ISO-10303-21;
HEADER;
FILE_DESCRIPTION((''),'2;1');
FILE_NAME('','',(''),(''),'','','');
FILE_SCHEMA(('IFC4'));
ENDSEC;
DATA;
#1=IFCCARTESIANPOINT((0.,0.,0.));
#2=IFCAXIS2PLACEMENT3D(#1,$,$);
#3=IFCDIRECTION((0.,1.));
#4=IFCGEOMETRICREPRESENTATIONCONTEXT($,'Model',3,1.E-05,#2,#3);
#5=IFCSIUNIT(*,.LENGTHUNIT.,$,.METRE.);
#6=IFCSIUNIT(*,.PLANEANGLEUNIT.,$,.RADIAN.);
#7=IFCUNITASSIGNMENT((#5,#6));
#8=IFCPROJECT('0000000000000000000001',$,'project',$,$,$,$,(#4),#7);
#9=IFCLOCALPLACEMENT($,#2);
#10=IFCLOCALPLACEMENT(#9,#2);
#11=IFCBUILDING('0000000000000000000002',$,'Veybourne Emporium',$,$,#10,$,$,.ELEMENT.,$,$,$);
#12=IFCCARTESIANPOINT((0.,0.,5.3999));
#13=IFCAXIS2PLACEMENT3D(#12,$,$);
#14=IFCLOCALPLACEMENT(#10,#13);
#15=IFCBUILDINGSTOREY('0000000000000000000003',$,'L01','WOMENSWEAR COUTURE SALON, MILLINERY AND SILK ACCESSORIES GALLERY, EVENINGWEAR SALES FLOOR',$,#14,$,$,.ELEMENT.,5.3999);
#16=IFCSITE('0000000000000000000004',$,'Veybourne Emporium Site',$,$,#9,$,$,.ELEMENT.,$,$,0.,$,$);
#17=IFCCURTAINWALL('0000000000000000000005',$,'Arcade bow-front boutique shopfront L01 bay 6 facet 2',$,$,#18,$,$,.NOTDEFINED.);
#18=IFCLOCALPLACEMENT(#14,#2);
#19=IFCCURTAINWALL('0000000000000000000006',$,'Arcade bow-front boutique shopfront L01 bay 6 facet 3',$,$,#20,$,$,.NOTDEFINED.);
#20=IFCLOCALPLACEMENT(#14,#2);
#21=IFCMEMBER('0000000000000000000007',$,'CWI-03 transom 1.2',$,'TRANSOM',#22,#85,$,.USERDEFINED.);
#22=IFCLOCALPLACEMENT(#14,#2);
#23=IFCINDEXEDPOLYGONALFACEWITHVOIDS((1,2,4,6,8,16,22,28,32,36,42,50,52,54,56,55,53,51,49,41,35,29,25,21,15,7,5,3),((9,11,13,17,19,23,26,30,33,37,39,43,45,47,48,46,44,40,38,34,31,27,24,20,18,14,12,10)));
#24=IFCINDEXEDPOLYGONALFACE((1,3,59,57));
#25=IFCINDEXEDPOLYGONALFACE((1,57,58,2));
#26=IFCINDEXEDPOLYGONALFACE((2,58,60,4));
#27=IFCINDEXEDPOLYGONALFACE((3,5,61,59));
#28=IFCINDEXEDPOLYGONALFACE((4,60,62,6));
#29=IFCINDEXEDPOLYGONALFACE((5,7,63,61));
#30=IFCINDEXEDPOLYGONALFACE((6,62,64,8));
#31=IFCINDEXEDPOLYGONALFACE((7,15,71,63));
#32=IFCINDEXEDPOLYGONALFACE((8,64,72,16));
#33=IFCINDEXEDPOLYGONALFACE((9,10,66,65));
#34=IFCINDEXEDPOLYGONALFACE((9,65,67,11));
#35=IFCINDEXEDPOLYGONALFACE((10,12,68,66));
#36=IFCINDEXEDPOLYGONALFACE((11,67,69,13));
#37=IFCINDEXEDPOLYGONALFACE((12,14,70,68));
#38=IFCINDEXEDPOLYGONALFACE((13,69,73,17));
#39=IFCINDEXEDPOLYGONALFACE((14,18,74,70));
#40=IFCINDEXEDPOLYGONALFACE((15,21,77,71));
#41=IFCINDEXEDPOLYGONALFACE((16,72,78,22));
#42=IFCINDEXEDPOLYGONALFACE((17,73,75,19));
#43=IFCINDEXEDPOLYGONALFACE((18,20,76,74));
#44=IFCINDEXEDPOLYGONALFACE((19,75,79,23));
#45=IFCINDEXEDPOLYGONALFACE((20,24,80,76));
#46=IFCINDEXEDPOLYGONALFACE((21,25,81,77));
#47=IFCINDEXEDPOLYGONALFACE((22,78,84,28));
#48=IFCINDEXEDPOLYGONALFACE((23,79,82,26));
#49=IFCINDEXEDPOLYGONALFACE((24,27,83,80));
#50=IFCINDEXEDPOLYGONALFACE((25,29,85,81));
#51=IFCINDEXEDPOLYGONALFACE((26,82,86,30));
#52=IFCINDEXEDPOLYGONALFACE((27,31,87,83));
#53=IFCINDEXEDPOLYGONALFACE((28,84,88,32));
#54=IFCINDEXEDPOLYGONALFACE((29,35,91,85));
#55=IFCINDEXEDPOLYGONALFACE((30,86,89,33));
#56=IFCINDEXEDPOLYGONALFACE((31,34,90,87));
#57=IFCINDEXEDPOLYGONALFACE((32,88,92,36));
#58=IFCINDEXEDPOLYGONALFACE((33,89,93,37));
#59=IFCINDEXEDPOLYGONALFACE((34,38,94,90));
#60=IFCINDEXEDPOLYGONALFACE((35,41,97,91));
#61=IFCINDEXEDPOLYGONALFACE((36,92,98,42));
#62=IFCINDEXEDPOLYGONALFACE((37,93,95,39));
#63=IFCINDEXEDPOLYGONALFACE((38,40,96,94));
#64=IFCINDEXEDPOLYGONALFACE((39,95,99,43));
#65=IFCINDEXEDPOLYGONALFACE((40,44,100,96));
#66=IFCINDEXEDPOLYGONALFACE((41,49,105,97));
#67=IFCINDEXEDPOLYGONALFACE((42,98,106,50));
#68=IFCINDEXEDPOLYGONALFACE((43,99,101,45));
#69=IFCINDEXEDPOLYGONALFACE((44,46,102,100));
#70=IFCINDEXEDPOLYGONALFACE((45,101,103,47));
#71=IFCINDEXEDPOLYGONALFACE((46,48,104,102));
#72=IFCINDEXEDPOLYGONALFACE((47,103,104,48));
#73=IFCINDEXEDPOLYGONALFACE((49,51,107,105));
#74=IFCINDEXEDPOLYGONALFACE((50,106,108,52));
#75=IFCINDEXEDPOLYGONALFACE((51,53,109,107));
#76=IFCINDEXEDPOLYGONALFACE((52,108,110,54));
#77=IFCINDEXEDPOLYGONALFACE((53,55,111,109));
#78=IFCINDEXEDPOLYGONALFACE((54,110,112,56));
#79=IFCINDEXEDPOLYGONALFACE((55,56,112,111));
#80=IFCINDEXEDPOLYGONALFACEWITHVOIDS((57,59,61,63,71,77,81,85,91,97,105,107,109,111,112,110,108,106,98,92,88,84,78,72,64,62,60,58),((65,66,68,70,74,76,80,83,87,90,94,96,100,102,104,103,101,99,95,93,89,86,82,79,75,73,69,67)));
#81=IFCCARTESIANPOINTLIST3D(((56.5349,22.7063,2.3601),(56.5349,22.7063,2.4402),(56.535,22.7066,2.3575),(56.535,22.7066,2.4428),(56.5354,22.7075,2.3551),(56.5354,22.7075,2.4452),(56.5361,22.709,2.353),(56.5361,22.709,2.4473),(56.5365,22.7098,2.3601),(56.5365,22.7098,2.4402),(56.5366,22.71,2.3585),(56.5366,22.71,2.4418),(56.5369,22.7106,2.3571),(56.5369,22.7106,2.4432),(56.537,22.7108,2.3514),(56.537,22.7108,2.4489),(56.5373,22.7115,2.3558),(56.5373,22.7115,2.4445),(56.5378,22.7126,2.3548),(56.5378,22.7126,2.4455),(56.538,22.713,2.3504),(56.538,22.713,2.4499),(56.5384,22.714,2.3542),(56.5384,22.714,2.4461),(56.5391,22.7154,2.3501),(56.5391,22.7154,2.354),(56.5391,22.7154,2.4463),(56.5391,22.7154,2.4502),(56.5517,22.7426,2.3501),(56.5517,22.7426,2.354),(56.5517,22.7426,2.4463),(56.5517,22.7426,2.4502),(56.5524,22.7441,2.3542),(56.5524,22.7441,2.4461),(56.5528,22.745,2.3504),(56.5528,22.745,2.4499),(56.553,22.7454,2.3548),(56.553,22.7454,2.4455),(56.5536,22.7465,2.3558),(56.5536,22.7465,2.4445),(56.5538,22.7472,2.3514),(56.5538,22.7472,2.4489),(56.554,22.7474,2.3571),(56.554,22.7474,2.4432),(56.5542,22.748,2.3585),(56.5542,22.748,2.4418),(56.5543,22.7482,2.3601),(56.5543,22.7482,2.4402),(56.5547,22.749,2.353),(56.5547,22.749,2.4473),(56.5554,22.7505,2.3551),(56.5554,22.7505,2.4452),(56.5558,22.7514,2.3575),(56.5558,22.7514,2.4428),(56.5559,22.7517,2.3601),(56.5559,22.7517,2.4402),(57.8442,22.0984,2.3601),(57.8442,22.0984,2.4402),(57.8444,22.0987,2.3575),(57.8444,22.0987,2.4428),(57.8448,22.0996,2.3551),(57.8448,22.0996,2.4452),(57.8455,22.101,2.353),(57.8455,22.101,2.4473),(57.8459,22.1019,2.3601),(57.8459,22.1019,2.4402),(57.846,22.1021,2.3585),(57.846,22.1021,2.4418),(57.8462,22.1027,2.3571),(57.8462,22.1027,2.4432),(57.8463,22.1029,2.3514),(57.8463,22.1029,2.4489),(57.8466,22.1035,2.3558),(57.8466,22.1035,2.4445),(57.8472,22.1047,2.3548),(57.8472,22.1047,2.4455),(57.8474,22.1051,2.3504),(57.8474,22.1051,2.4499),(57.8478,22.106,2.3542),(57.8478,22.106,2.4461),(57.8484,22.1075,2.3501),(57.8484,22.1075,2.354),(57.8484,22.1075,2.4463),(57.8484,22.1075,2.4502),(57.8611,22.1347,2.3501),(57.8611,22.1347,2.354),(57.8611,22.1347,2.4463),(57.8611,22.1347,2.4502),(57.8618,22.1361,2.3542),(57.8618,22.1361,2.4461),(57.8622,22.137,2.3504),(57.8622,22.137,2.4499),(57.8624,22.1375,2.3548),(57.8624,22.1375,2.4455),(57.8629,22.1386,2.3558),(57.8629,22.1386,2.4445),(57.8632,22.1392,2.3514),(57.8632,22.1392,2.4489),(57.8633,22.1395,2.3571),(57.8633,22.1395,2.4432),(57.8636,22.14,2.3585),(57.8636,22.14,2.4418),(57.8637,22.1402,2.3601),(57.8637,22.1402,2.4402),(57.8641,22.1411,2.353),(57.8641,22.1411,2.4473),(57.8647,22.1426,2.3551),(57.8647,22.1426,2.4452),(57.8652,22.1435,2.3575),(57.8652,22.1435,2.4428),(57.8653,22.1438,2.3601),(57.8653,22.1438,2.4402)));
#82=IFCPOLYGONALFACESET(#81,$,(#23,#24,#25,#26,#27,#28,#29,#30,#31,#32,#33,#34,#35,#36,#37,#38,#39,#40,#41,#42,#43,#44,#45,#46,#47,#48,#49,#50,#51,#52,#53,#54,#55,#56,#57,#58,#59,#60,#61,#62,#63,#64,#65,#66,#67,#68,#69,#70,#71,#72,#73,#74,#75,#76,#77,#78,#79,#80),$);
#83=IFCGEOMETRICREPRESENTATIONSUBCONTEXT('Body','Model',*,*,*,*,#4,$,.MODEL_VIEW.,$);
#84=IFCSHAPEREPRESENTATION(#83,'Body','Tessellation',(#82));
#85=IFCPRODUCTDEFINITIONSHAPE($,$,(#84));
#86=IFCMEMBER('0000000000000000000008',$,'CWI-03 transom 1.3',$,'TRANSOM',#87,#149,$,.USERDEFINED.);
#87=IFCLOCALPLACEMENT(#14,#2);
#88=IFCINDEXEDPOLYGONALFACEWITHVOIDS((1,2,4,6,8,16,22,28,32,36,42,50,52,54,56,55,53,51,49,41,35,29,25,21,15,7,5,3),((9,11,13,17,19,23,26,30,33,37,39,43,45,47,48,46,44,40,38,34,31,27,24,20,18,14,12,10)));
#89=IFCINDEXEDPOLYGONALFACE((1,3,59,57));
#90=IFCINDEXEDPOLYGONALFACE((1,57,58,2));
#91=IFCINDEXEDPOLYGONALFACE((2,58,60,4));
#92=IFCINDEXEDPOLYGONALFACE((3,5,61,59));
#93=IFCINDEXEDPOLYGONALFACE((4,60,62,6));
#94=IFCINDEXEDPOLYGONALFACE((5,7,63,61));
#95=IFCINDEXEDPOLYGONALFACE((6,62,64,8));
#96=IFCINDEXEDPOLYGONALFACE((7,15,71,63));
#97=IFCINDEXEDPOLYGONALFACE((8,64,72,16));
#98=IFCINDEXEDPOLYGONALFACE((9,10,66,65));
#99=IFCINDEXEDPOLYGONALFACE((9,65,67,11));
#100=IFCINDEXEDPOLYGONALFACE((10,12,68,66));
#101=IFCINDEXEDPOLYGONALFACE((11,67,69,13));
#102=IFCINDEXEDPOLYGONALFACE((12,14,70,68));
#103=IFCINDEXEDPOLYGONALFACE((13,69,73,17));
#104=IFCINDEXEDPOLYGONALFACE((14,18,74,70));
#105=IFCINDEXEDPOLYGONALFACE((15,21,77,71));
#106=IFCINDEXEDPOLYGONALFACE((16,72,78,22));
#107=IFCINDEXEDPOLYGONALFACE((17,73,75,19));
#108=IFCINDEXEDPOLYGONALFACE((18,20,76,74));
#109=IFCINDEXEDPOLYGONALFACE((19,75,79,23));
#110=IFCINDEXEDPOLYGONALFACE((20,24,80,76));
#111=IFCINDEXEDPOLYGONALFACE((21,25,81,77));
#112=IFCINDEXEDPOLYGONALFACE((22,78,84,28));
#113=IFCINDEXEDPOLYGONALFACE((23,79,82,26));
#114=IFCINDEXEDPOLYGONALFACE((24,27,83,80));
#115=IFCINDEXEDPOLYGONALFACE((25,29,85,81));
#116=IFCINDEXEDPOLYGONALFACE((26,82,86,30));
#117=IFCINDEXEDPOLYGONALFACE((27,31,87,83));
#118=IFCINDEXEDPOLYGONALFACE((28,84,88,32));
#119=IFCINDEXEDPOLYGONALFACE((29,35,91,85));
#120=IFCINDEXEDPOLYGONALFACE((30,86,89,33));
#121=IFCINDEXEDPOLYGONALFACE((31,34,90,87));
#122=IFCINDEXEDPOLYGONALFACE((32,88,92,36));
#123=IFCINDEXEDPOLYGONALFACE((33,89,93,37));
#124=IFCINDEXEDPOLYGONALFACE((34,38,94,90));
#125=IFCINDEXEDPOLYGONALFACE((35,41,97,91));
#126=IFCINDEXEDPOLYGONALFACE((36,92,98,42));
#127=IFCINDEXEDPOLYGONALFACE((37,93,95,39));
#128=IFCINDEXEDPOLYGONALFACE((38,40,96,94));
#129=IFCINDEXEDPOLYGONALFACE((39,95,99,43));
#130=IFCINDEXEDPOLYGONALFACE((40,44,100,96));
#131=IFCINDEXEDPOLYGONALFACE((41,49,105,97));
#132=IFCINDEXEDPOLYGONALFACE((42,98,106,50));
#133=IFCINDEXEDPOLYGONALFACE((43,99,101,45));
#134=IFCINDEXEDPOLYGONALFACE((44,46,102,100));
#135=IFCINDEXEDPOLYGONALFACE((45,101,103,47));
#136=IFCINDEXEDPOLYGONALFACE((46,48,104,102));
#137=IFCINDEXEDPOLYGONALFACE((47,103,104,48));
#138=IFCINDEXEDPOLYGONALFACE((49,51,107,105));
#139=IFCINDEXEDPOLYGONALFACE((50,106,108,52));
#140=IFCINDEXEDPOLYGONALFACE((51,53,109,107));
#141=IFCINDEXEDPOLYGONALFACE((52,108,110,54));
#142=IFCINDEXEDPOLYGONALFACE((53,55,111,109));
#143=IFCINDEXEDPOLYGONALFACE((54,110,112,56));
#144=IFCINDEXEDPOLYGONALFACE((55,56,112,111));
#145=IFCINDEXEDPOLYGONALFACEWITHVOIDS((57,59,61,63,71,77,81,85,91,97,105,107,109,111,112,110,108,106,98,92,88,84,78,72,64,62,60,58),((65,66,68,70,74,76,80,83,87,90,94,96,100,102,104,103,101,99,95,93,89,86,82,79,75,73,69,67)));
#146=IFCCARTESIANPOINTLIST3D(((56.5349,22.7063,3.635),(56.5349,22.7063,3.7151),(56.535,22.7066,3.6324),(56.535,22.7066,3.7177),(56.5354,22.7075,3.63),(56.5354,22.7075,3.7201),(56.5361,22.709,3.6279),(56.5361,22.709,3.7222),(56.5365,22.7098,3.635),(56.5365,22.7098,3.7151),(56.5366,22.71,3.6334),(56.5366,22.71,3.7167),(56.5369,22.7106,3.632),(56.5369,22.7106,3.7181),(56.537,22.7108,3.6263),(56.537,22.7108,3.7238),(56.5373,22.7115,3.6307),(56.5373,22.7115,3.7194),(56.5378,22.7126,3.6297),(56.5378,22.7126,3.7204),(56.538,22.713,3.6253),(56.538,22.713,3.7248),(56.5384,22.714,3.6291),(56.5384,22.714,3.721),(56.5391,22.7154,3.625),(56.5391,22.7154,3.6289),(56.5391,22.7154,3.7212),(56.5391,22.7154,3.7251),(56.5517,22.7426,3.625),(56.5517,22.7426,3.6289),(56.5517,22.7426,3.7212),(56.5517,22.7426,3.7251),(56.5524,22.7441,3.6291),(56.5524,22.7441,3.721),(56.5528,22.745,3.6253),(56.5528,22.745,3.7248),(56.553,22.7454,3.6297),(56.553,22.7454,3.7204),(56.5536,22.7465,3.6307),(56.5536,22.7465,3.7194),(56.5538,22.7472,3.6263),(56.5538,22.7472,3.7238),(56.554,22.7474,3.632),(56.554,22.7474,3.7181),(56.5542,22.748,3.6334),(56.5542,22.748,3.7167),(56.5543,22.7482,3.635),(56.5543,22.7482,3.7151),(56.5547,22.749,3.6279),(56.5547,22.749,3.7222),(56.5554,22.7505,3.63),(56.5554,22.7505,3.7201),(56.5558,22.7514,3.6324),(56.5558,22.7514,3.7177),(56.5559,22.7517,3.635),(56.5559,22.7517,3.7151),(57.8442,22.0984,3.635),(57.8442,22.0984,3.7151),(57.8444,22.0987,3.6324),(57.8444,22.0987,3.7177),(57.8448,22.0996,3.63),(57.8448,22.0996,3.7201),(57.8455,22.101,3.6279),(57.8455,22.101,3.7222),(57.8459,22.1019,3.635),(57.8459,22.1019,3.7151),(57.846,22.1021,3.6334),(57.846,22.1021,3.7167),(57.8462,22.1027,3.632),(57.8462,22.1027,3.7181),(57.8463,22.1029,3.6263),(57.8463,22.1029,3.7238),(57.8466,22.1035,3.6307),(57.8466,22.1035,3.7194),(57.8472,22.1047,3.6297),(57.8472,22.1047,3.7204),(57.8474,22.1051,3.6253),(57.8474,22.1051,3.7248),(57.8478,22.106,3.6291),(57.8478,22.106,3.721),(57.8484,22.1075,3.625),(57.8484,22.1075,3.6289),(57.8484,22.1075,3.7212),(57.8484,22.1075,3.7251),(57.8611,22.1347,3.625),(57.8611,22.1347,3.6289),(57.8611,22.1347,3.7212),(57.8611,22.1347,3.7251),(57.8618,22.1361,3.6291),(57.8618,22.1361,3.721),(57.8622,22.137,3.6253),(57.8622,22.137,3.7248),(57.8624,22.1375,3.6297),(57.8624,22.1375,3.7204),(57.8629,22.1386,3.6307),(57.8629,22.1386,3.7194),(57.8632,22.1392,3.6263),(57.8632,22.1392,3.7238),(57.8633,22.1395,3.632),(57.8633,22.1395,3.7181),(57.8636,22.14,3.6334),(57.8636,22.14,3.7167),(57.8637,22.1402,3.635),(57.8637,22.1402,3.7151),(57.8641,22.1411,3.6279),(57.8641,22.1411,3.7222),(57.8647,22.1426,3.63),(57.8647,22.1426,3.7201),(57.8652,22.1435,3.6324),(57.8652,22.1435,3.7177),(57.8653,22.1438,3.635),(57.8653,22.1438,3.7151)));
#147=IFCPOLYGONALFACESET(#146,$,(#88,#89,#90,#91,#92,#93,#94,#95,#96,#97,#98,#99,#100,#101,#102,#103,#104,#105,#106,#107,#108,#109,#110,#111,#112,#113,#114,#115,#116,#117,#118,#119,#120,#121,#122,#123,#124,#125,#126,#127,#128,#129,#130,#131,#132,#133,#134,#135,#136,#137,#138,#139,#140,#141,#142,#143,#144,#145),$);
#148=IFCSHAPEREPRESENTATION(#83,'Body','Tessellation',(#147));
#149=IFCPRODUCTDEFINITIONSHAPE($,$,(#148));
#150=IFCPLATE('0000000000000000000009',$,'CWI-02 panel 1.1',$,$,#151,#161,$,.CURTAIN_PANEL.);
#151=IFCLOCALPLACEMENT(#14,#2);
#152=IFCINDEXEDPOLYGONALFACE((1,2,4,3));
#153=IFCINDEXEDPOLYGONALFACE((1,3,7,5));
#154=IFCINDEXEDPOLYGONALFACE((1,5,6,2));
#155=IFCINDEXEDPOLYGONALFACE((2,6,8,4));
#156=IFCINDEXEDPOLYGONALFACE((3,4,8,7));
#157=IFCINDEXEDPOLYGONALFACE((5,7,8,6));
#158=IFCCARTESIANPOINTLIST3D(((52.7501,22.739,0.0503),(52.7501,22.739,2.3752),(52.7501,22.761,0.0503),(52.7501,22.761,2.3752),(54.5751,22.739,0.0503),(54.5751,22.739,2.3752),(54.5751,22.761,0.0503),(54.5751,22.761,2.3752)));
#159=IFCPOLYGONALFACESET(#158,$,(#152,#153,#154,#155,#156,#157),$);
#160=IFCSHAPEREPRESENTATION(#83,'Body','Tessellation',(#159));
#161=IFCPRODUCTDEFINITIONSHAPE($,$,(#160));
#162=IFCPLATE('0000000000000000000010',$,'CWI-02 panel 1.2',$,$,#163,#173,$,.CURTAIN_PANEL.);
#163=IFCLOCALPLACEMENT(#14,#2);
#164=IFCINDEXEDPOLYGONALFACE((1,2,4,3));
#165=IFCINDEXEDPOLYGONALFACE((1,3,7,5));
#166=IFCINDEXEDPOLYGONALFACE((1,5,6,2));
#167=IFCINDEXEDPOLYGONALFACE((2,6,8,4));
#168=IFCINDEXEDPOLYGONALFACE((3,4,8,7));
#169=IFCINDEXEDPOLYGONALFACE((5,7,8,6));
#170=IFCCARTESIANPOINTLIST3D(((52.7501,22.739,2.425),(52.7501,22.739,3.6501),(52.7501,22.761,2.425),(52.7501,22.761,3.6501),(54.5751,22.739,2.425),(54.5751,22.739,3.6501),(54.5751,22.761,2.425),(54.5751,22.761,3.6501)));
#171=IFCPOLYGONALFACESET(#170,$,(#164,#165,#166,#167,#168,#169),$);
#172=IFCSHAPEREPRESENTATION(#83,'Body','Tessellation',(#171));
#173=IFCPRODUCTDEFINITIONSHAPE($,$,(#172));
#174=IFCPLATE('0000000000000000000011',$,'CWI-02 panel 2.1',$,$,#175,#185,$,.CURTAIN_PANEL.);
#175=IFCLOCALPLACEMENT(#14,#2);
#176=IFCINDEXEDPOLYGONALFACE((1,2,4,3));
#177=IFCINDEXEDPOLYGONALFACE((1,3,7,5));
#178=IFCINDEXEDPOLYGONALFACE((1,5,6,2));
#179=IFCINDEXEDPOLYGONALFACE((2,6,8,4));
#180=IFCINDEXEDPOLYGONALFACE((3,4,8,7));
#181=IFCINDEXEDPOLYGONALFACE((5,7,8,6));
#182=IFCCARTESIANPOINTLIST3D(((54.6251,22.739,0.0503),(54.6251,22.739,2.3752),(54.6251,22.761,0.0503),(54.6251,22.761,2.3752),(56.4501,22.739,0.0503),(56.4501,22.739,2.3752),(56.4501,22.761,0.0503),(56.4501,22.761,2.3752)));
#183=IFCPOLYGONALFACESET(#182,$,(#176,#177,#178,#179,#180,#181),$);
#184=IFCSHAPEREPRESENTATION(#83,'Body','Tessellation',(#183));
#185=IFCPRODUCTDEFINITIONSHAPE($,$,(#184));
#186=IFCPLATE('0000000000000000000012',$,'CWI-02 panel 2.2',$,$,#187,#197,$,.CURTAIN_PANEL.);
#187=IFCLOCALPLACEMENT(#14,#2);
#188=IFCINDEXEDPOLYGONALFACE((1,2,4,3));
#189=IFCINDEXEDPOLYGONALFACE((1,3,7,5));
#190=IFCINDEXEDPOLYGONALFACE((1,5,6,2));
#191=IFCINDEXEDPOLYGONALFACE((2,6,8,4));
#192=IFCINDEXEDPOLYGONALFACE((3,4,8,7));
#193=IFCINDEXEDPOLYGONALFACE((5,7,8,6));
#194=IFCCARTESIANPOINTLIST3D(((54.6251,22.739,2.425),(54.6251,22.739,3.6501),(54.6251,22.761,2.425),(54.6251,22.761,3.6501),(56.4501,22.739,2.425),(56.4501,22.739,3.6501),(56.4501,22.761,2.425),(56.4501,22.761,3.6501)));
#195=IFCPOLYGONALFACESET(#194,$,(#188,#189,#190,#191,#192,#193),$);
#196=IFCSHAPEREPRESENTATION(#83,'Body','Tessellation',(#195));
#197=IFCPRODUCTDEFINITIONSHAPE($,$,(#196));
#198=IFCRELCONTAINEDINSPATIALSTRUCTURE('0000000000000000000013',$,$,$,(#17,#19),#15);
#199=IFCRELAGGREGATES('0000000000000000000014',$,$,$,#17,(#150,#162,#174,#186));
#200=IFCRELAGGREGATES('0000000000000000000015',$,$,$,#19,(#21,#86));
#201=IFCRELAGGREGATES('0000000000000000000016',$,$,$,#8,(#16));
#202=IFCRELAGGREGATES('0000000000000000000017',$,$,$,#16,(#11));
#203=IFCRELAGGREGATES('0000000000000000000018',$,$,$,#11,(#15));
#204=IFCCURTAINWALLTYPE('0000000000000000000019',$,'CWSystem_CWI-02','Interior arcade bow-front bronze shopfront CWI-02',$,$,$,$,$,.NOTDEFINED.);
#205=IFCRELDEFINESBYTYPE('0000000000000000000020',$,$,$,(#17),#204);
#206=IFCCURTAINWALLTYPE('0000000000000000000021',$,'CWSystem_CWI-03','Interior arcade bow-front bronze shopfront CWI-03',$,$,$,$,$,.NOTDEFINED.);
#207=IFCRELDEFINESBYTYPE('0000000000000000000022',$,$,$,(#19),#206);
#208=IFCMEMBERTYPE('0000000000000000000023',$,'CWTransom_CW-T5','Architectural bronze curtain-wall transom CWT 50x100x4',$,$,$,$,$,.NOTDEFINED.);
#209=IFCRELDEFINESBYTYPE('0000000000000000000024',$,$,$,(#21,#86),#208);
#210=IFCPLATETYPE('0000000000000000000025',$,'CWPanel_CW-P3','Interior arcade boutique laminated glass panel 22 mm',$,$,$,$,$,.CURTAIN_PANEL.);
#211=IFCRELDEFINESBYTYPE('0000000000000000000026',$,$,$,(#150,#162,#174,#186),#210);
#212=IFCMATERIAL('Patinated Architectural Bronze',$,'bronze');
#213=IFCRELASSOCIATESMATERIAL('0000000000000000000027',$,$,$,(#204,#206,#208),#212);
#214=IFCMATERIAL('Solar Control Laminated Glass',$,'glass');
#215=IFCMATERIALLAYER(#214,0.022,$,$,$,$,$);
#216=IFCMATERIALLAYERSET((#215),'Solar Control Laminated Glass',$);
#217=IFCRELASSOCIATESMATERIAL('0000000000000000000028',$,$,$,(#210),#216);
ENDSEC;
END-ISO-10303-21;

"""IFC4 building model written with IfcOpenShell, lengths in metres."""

from ifc_helpers import new_model, si_unit, direction, frame, origin, origin_2d, place, context, subcontext, project, spatial, rectangle, hollow_rectangle, extrude, material, layer, layer_set, material_profile, profile_set, type_object, element, aggregate, save


model = new_model("IFC4")

# Units and contexts
model_context = context("Model", 3, precision=1e-05, world=origin(), true_north=direction((0.0, 1.0)))
body_context = subcontext(model_context, "Body", "Model", "MODEL_VIEW")
ifc_project = project(units=[si_unit("LENGTHUNIT", "METRE"), si_unit("PLANEANGLEUNIT", "RADIAN")], contexts=[model_context])

# Site, building, storey
site_placement = place(None, origin())
site = spatial("IfcSite", under=ifc_project, at=site_placement, Name="Veybourne Emporium Site", CompositionType="ELEMENT", RefElevation=0.0)
building_placement = place(site_placement, origin())
building = spatial("IfcBuilding", under=site, at=building_placement, Name="Veybourne Emporium", CompositionType="ELEMENT")
storey_placement = place(building_placement, frame((0.0, 0.0, 5.3999)))
storey = spatial("IfcBuildingStorey", under=building, at=storey_placement, Name="L01", Description="WOMENSWEAR COUTURE SALON, MILLINERY AND SILK ACCESSORIES GALLERY, EVENINGWEAR SALES FLOOR", CompositionType="ELEMENT", Elevation=5.3999)

# Curtain walls
ifc_material_1 = material(Name="Patinated Architectural Bronze", Category="bronze")
curtain_wall_type_1 = type_object("IfcCurtainWallType", Name="CWSystem_CWI-02", Description="Interior arcade bow-front bronze shopfront CWI-02", PredefinedType="NOTDEFINED", material=ifc_material_1)
curtain_wall_1_placement = place(storey_placement, origin())
curtain_wall_1 = element("IfcCurtainWall", 1, at=curtain_wall_1_placement, inside=storey, type_object=curtain_wall_type_1, Name="Arcade bow-front boutique shopfront L01 bay 6 facet 2", PredefinedType="NOTDEFINED")
curtain_wall_type_2 = type_object("IfcCurtainWallType", Name="CWSystem_CWI-03", Description="Interior arcade bow-front bronze shopfront CWI-03", PredefinedType="NOTDEFINED", material=ifc_material_1)
curtain_wall_2_placement = place(storey_placement, origin())
curtain_wall_2 = element("IfcCurtainWall", 2, at=curtain_wall_2_placement, inside=storey, type_object=curtain_wall_type_2, Name="Arcade bow-front boutique shopfront L01 bay 6 facet 3", PredefinedType="NOTDEFINED")

# Members
ifc_material_profile_1 = material_profile(ifc_material_1, hollow_rectangle(XDim=0.05, YDim=0.1001, WallThickness=0.0039, InnerFilletRadius=0.0061, OuterFilletRadius=0.01, at=origin_2d()), Name="CWT 50x100x4")
ifc_profile_set_1 = profile_set([ifc_material_profile_1], Name="Patinated Architectural Bronze")
member_type_1 = type_object("IfcMemberType", Name="CWTransom_CW-T5", Description="Architectural bronze curtain-wall transom CWT 50x100x4", PredefinedType="NOTDEFINED", material=ifc_profile_set_1)
member_1_placement = place(storey_placement, frame((56.5454, 22.729, 2.4001), z_axis=(0.907007, -0.421116, 0.0), x_axis=(0.421116, 0.907007, 0.0)))
member_1 = element("IfcMember", 3, at=member_1_placement, type_object=member_type_1, Name="CWI-03 transom 1.2", ObjectType="TRANSOM", PredefinedType="USERDEFINED", context=body_context, shape_type="SweptSolid", body=[
    extrude(hollow_rectangle(XDim=0.05, YDim=0.1001, WallThickness=0.0039, InnerFilletRadius=0.0061, OuterFilletRadius=0.01, at=origin_2d()), origin(), (0.0, 0.0, 1.0), 1.4436),
])
member_2_placement = place(storey_placement, frame((56.5454, 22.729, 3.675), z_axis=(0.907007, -0.421116, 0.0), x_axis=(0.421116, 0.907007, 0.0)))
member_2 = element("IfcMember", 4, at=member_2_placement, type_object=member_type_1, Name="CWI-03 transom 1.3", ObjectType="TRANSOM", PredefinedType="USERDEFINED", context=body_context, shape_type="SweptSolid", body=[
    extrude(hollow_rectangle(XDim=0.05, YDim=0.1001, WallThickness=0.0039, InnerFilletRadius=0.0061, OuterFilletRadius=0.01, at=origin_2d()), origin(), (0.0, 0.0, 1.0), 1.4436),
])

# Plates
ifc_material_2 = material(Name="Solar Control Laminated Glass", Category="glass")
ifc_layer_1 = layer(ifc_material_2, 0.022)
ifc_layer_set_1 = layer_set([ifc_layer_1], Name="Solar Control Laminated Glass")
plate_type = type_object("IfcPlateType", Name="CWPanel_CW-P3", Description="Interior arcade boutique laminated glass panel 22 mm", PredefinedType="CURTAIN_PANEL", material=ifc_layer_set_1)
plate_1_placement = place(storey_placement, frame((53.6626, 22.75, 0.0503), z_axis=(0.0, 0.0, 1.0), x_axis=(1.0, 0.0, 0.0)))
plate_1 = element("IfcPlate", 5, at=plate_1_placement, type_object=plate_type, Name="CWI-02 panel 1.1", PredefinedType="CURTAIN_PANEL", context=body_context, shape_type="SweptSolid", body=[
    extrude(rectangle(XDim=1.825, YDim=0.022, at=origin_2d()), origin(), (0.0, 0.0, 1.0), 2.325),
])
plate_2_placement = place(storey_placement, frame((53.6626, 22.75, 2.425), z_axis=(0.0, 0.0, 1.0), x_axis=(1.0, 0.0, 0.0)))
plate_2 = element("IfcPlate", 6, at=plate_2_placement, type_object=plate_type, Name="CWI-02 panel 1.2", PredefinedType="CURTAIN_PANEL", context=body_context, shape_type="SweptSolid", body=[
    extrude(rectangle(XDim=1.825, YDim=0.022, at=origin_2d()), origin(), (0.0, 0.0, 1.0), 1.2251),
])
plate_3_placement = place(storey_placement, frame((55.5376, 22.75, 0.0503), z_axis=(0.0, 0.0, 1.0), x_axis=(1.0, 0.0, 0.0)))
plate_3 = element("IfcPlate", 7, at=plate_3_placement, type_object=plate_type, Name="CWI-02 panel 2.1", PredefinedType="CURTAIN_PANEL", context=body_context, shape_type="SweptSolid", body=[
    extrude(rectangle(XDim=1.825, YDim=0.022, at=origin_2d()), origin(), (0.0, 0.0, 1.0), 2.325),
])
plate_4_placement = place(storey_placement, frame((55.5376, 22.75, 2.425), z_axis=(0.0, 0.0, 1.0), x_axis=(1.0, 0.0, 0.0)))
plate_4 = element("IfcPlate", 8, at=plate_4_placement, type_object=plate_type, Name="CWI-02 panel 2.2", PredefinedType="CURTAIN_PANEL", context=body_context, shape_type="SweptSolid", body=[
    extrude(rectangle(XDim=1.825, YDim=0.022, at=origin_2d()), origin(), (0.0, 0.0, 1.0), 1.2251),
])
aggregate(curtain_wall_1, [plate_1, plate_2, plate_3, plate_4])
aggregate(curtain_wall_2, [member_1, member_2])

save(model, "model.ifc")
